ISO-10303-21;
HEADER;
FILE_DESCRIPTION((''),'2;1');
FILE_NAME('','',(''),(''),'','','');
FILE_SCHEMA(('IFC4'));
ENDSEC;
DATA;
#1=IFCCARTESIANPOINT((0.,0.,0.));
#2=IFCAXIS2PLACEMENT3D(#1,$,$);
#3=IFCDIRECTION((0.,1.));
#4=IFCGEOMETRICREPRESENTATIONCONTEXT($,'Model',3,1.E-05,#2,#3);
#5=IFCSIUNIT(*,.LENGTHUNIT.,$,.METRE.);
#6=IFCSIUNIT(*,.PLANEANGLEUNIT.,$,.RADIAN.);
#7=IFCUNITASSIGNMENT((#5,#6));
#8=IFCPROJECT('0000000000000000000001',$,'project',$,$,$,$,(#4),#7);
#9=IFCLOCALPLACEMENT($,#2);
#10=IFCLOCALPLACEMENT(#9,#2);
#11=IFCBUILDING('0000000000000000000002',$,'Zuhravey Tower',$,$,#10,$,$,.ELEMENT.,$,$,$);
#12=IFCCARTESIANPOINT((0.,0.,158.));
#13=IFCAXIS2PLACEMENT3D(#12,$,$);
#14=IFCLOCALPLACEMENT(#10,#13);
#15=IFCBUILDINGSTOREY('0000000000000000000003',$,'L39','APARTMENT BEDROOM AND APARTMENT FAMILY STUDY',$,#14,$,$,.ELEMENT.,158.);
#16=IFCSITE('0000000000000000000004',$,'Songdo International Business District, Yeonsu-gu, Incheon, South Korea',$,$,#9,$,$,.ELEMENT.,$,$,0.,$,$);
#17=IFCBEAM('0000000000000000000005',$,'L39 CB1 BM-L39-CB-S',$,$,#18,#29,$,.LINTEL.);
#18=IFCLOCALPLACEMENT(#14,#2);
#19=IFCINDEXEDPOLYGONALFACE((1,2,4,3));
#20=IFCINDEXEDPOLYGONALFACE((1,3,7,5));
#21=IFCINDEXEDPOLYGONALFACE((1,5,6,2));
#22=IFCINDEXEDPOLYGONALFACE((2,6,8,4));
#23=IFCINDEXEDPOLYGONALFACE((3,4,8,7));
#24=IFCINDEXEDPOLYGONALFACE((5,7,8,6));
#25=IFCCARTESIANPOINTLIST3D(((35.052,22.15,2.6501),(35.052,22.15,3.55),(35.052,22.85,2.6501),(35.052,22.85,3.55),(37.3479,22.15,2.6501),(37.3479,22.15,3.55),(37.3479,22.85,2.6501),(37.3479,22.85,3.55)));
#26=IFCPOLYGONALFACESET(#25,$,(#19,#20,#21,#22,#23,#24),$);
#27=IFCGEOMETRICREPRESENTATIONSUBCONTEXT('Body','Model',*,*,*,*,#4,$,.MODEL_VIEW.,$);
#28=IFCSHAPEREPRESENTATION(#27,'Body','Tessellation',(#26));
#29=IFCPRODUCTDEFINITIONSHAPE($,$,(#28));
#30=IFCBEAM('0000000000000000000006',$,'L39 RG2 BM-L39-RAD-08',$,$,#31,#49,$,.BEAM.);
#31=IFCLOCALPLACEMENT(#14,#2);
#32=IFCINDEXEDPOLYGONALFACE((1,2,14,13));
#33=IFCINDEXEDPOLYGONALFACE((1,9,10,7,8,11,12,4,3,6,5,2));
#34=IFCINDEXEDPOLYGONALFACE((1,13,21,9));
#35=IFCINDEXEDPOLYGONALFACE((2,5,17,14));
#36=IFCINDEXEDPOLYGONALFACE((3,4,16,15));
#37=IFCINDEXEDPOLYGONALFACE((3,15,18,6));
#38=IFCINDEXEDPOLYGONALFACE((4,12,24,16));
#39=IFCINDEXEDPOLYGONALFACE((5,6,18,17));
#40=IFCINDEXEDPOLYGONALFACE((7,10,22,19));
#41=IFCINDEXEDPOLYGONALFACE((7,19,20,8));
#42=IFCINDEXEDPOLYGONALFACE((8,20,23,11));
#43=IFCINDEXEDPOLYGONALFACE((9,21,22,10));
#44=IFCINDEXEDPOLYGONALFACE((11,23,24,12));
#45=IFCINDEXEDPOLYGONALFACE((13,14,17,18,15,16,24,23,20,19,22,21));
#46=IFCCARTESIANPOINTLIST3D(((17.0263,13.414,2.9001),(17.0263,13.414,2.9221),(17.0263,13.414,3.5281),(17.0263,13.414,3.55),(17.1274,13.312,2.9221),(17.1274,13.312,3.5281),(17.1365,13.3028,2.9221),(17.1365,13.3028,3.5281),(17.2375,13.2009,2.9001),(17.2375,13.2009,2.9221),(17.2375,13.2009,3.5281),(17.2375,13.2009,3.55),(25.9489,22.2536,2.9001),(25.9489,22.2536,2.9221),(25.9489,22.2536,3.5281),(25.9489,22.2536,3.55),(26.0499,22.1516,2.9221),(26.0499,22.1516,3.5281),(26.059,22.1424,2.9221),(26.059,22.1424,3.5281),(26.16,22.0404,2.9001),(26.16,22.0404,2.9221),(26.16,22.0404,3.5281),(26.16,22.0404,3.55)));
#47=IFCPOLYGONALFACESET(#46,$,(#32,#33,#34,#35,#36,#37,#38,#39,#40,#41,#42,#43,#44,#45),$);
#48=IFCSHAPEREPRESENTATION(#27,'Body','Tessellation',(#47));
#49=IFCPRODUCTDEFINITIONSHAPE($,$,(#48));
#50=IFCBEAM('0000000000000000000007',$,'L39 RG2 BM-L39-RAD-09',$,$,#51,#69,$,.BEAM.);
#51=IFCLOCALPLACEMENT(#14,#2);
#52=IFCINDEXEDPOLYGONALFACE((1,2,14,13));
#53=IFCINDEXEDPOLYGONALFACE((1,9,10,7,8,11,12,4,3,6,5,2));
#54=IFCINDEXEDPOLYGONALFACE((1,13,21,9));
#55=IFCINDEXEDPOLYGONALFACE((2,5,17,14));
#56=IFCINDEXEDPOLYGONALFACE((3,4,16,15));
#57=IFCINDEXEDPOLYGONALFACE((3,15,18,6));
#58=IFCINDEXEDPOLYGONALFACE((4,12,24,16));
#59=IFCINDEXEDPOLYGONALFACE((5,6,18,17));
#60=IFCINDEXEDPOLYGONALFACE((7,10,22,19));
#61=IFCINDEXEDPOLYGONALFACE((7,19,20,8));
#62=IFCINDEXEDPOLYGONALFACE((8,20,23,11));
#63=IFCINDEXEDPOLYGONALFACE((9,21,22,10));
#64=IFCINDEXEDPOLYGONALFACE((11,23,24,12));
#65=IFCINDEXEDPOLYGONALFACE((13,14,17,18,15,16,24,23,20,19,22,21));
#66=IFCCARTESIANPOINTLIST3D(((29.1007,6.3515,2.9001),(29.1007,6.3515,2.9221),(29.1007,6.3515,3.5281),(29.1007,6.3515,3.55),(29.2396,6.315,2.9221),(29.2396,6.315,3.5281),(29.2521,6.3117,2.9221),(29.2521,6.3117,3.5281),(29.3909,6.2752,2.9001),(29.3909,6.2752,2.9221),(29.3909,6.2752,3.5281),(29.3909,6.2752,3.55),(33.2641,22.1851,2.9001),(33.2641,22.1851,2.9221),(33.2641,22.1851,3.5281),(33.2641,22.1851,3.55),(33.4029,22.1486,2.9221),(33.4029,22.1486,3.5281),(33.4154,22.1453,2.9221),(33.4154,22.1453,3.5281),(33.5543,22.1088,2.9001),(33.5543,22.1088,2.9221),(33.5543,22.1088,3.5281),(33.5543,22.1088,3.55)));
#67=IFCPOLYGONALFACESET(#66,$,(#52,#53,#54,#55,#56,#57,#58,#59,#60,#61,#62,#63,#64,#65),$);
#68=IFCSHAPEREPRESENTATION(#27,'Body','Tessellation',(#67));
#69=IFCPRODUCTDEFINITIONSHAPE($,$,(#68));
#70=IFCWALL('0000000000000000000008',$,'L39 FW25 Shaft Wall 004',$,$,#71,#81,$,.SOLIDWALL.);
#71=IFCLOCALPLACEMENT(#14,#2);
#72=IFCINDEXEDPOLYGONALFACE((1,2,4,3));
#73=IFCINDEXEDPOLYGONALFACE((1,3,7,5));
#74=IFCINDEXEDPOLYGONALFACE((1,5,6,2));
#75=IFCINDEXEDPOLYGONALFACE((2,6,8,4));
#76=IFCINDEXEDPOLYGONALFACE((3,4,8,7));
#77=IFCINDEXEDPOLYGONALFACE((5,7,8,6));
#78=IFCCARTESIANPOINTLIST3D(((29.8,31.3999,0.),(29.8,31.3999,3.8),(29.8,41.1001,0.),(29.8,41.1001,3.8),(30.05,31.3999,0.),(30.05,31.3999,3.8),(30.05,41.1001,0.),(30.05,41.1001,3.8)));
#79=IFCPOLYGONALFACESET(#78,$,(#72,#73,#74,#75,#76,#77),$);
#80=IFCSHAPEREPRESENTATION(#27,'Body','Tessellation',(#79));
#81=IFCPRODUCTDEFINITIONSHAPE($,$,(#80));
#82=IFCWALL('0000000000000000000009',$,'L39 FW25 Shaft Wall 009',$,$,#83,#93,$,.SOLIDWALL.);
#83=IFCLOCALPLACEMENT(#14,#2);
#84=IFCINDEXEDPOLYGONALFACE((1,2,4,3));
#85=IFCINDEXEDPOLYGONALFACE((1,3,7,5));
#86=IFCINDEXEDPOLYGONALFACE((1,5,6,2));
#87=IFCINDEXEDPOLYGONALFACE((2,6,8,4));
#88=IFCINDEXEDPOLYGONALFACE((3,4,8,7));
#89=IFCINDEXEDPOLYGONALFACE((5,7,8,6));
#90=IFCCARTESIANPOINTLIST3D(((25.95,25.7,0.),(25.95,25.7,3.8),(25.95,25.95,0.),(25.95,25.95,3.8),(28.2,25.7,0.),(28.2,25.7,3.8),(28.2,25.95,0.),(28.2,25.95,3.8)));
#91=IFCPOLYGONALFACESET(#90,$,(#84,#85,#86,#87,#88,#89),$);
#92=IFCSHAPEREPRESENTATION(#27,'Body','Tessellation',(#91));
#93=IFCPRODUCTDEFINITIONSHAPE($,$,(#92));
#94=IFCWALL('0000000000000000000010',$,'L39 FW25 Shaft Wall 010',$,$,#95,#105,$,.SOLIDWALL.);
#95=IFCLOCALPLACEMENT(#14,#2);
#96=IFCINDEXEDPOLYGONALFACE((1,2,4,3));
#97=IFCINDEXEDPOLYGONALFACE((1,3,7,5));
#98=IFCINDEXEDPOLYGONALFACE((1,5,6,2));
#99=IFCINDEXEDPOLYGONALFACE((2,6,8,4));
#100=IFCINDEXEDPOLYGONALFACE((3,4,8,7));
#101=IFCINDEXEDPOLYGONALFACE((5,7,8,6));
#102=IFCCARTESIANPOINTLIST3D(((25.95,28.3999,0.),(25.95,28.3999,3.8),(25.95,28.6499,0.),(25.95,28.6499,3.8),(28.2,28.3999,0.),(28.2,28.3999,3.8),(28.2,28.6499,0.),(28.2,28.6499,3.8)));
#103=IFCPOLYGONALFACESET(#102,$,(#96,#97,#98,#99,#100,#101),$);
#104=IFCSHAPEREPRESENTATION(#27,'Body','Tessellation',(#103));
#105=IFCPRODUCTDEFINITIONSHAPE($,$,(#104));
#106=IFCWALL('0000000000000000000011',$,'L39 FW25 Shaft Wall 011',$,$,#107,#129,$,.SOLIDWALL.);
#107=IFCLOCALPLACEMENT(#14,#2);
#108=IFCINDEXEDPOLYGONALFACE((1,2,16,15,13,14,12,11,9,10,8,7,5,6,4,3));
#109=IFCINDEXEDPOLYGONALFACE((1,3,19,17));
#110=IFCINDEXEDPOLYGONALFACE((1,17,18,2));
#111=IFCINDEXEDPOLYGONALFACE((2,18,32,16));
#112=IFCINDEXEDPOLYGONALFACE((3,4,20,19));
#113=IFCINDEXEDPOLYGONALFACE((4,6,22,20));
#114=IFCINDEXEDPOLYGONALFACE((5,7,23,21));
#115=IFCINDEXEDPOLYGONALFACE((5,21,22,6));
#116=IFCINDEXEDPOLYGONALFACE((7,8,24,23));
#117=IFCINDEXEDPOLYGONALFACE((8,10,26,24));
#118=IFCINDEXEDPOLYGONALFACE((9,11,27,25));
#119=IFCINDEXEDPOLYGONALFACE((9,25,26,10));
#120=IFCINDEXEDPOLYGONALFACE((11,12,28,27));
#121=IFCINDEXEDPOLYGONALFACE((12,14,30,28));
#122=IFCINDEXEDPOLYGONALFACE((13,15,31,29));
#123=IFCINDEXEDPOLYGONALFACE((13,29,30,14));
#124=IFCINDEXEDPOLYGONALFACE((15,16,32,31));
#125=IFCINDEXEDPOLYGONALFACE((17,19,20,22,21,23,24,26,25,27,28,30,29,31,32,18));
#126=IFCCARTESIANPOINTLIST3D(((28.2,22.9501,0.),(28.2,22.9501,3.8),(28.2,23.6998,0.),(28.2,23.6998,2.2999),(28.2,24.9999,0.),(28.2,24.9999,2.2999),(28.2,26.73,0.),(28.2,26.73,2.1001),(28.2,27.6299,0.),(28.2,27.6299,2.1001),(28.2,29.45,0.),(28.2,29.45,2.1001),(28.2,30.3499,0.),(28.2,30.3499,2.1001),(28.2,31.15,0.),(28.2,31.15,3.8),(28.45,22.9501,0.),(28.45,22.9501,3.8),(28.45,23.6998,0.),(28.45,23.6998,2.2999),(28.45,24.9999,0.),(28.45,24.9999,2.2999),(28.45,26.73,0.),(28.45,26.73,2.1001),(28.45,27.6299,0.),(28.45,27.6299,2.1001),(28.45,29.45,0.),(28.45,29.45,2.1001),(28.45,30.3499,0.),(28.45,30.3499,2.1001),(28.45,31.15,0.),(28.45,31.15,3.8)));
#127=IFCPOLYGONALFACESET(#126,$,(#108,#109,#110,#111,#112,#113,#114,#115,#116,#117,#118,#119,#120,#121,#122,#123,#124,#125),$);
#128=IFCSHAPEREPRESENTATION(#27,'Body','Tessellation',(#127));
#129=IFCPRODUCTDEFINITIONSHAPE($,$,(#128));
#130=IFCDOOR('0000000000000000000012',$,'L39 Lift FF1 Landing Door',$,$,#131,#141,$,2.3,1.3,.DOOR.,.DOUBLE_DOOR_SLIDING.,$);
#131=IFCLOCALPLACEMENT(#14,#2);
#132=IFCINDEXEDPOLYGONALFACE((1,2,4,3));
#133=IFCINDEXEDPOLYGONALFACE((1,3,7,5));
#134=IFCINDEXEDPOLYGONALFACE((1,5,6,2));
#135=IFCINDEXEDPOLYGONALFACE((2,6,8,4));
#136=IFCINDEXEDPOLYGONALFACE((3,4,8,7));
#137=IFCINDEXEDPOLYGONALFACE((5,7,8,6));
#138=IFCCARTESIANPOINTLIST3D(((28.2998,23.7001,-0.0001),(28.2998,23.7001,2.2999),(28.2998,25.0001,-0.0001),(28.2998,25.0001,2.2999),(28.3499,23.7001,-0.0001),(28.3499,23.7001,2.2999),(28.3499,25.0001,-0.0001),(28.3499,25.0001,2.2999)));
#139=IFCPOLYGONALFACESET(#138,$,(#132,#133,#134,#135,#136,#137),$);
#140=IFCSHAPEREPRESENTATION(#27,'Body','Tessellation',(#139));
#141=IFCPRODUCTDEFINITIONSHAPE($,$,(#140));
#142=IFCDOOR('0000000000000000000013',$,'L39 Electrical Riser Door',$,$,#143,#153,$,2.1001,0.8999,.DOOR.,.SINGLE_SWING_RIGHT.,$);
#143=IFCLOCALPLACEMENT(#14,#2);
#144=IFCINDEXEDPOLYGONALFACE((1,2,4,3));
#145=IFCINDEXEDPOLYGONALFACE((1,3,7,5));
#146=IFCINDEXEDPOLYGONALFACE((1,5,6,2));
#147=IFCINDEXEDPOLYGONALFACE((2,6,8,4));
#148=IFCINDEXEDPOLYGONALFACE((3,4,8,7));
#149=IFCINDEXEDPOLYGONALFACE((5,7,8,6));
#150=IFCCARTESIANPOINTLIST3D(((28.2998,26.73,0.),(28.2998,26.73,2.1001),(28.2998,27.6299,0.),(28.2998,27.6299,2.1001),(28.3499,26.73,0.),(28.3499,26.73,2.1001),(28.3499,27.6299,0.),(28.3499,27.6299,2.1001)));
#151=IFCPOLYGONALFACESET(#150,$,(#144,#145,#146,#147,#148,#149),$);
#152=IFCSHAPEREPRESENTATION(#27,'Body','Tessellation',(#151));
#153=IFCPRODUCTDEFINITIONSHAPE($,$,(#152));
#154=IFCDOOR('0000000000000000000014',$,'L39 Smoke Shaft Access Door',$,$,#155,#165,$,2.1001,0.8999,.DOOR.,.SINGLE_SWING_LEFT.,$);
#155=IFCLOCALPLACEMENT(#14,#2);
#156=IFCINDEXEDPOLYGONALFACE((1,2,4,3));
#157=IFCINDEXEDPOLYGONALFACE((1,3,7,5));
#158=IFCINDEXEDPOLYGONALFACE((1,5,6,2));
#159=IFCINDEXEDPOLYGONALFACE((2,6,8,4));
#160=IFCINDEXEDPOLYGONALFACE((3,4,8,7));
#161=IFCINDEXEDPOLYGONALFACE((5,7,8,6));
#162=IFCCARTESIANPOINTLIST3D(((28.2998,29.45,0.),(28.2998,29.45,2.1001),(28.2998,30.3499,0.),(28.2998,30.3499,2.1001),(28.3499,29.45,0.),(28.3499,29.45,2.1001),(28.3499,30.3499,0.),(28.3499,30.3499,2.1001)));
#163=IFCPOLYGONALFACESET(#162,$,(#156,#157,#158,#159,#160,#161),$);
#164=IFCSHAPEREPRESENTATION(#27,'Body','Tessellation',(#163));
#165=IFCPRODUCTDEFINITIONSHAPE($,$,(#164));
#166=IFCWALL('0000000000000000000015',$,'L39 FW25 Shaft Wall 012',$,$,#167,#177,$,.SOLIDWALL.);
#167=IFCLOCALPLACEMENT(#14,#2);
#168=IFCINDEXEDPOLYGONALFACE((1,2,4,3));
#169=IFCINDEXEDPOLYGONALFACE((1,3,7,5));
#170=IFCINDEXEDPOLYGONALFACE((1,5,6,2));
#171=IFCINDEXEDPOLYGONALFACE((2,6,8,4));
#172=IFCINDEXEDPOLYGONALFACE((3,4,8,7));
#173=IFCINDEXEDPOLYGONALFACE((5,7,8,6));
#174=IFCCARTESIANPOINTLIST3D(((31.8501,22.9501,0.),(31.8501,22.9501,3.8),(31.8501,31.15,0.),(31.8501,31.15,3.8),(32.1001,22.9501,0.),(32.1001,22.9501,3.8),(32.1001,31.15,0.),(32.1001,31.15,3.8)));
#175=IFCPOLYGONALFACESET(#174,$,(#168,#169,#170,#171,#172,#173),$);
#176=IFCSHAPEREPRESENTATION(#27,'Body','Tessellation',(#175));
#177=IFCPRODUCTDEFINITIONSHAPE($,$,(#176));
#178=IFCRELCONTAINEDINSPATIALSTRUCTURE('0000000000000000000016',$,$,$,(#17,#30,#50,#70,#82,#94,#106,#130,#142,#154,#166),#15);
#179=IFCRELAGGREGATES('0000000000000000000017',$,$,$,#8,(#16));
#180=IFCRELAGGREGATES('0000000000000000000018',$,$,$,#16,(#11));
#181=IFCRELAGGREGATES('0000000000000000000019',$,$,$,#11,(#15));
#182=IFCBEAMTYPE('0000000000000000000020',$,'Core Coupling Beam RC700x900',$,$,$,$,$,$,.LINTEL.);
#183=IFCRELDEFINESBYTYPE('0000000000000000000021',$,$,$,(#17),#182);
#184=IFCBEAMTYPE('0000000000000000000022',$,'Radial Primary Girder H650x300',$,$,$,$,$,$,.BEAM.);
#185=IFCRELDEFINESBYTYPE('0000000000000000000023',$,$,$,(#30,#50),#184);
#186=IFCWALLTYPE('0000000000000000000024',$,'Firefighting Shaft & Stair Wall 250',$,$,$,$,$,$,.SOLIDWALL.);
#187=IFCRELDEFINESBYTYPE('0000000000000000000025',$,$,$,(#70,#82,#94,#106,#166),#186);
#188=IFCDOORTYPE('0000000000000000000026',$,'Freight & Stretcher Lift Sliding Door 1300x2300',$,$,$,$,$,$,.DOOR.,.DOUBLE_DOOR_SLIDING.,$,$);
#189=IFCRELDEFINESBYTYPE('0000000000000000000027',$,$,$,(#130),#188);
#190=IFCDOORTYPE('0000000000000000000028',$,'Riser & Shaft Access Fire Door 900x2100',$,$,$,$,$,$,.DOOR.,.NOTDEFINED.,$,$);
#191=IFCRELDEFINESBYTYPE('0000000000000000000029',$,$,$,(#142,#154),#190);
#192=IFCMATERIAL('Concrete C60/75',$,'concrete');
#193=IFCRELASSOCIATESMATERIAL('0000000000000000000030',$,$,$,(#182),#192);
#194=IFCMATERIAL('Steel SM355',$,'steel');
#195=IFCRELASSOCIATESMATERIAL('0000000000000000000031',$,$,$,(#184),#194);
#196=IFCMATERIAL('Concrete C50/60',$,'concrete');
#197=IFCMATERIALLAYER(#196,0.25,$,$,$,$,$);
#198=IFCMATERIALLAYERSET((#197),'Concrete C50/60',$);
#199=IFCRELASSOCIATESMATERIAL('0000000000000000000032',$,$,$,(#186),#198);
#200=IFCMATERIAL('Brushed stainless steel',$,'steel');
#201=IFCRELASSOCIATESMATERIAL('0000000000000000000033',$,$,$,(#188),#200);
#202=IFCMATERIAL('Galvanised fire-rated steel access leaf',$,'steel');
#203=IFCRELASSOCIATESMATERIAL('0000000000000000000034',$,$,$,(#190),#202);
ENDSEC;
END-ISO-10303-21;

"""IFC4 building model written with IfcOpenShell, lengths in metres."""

from ifc_helpers import new_model, si_unit, direction, frame, frame_2d, origin, origin_2d, place, context, subcontext, project, spatial, rectangle, i_section, extrude, material, layer, layer_set, material_profile, profile_set, type_object, element, fill, save


model = new_model("IFC4")

# Units and contexts
model_context = context("Model", 3, precision=1e-05, world=origin(), true_north=direction((0.0, 1.0)))
body_context = subcontext(model_context, "Body", "Model", "MODEL_VIEW")
ifc_project = project(units=[si_unit("LENGTHUNIT", "METRE"), si_unit("PLANEANGLEUNIT", "RADIAN")], contexts=[model_context])

# Site, building, storey
site_placement = place(None, origin())
site = spatial("IfcSite", under=ifc_project, at=site_placement, Name="Songdo International Business District, Yeonsu-gu, Incheon, South Korea", CompositionType="ELEMENT", RefElevation=0.0)
building_placement = place(site_placement, origin())
building = spatial("IfcBuilding", under=site, at=building_placement, Name="Zuhravey Tower", CompositionType="ELEMENT")
storey_placement = place(building_placement, frame((0.0, 0.0, 158.0)))
storey = spatial("IfcBuildingStorey", under=building, at=storey_placement, Name="L39", Description="APARTMENT BEDROOM AND APARTMENT FAMILY STUDY", CompositionType="ELEMENT", Elevation=158.0)

# Beams
ifc_material_1 = material(Name="Concrete C60/75", Category="concrete")
ifc_material_profile_1 = material_profile(ifc_material_1, rectangle(XDim=0.7, YDim=0.8999, at=origin_2d()), Name="RC-700x900")
ifc_profile_set_1 = profile_set([ifc_material_profile_1], Name="Concrete C60/75")
beam_type_1 = type_object("IfcBeamType", Name="Core Coupling Beam RC700x900", PredefinedType="LINTEL", material=ifc_profile_set_1)
beam_1_placement = place(storey_placement, frame((35.052, 22.5, 3.1001), z_axis=(1.0, 0.0, 0.0), x_axis=(0.0, 1.0, 0.0)))
element("IfcBeam", 1, at=beam_1_placement, inside=storey, type_object=beam_type_1, Name="L39 CB1 BM-L39-CB-S", PredefinedType="LINTEL", context=body_context, shape_type="SweptSolid", body=[
    extrude(rectangle(XDim=0.7, YDim=0.8999, at=origin_2d()), origin(), (0.0, 0.0, 1.0), 2.2959),
])
ifc_material_2 = material(Name="Steel SM355", Category="steel")
ifc_material_profile_2 = material_profile(ifc_material_2, i_section(OverallWidth=0.3, OverallDepth=0.6499, WebThickness=0.0129, FlangeThickness=0.022, at=origin_2d()), Name="H-650x300x13x22")
ifc_profile_set_2 = profile_set([ifc_material_profile_2], Name="Steel SM355")
beam_type_2 = type_object("IfcBeamType", Name="Radial Primary Girder H650x300", PredefinedType="BEAM", material=ifc_profile_set_2)
beam_2_placement = place(storey_placement, frame((26.0544, 22.147, 3.2251), z_axis=(-0.710404, -0.703795, 0.0), x_axis=(0.703795, -0.710404, 0.0)))
element("IfcBeam", 2, at=beam_2_placement, inside=storey, type_object=beam_type_2, Name="L39 RG2 BM-L39-RAD-08", PredefinedType="BEAM", context=body_context, shape_type="SweptSolid", body=[
    extrude(i_section(OverallWidth=0.3, OverallDepth=0.6499, WebThickness=0.0129, FlangeThickness=0.022, at=origin_2d()), origin(), (0.0, 0.0, 1.0), 12.5598),
])
beam_3_placement = place(storey_placement, frame((33.4092, 22.147, 3.2251), z_axis=(-0.2543, -0.967125, 0.0), x_axis=(0.967125, -0.2543, 0.0)))
element("IfcBeam", 3, at=beam_3_placement, inside=storey, type_object=beam_type_2, Name="L39 RG2 BM-L39-RAD-09", PredefinedType="BEAM", context=body_context, shape_type="SweptSolid", body=[
    extrude(i_section(OverallWidth=0.3, OverallDepth=0.6499, WebThickness=0.0129, FlangeThickness=0.022, at=origin_2d()), origin(), (0.0, 0.0, 1.0), 16.3718),
])

# Shared definitions
ifc_material_3 = material(Name="Concrete C50/60", Category="concrete")
ifc_layer_1 = layer(ifc_material_3, 0.25)
ifc_layer_set_1 = layer_set([ifc_layer_1], Name="Concrete C50/60")
wall_type_1 = type_object("IfcWallType", Name="Firefighting Shaft & Stair Wall 250", PredefinedType="SOLIDWALL", material=ifc_layer_set_1)

# Walls
wall_1_placement = place(storey_placement, frame((29.925, 31.3999, 0.0), z_axis=(0.0, 0.0, 1.0), x_axis=(0.0, 1.0, 0.0)))
element("IfcWall", 4, at=wall_1_placement, inside=storey, type_object=wall_type_1, Name="L39 FW25 Shaft Wall 004", PredefinedType="SOLIDWALL", context=body_context, shape_type="SweptSolid", body=[
    extrude(rectangle(XDim=9.7002, YDim=0.25, at=frame_2d((4.8501, 0.0))), origin(), (0.0, 0.0, 1.0), 3.8),
])
for number, where, z_axis, x_axis, name in (
    (5, (25.95, 25.825, 0.0), (0.0, 0.0, 1.0), (1.0, 0.0, 0.0), "L39 FW25 Shaft Wall 009"),
    (6, (25.95, 28.5249, 0.0), (0.0, 0.0, 1.0), (1.0, 0.0, 0.0), "L39 FW25 Shaft Wall 010"),
):
    element("IfcWall", number, at=place(storey_placement, frame(where, z_axis=z_axis, x_axis=x_axis)), inside=storey, type_object=wall_type_1, Name=name, PredefinedType="SOLIDWALL", context=body_context, shape_type="SweptSolid", body=[
        extrude(rectangle(XDim=2.25, YDim=0.25, at=frame_2d((1.125, 0.0))), origin(), (0.0, 0.0, 1.0), 3.8),
    ])

# Wall, openings, doors
wall_2_placement = place(storey_placement, frame((28.325, 22.95, 0.0), z_axis=(0.0, 0.0, 1.0), x_axis=(0.0, 1.0, 0.0)))
wall_2 = element("IfcWall", 7, at=wall_2_placement, inside=storey, type_object=wall_type_1, Name="L39 FW25 Shaft Wall 011", PredefinedType="SOLIDWALL", context=body_context, shape_type="SweptSolid", body=[
    extrude(rectangle(XDim=8.2, YDim=0.25, at=frame_2d((4.1001, 0.0))), origin(), (0.0, 0.0, 1.0), 3.8),
])
opening_1_placement = place(wall_2_placement, frame((0.75, 0.0, 0.0)))
opening_1 = element("IfcOpeningElement", 8, at=opening_1_placement, cuts=wall_2, PredefinedType="OPENING", context=body_context, shape_type="SweptSolid", body=[
    extrude(rectangle(XDim=1.3, YDim=2.3, at=frame_2d((0.6499, 1.1499))), frame((0.0, 0.137, 0.0), z_axis=(0.0, -1.0, 0.0), x_axis=(1.0, 0.0, 0.0)), (0.0, 0.0, 1.0), 0.2739),
])
opening_2_placement = place(wall_2_placement, frame((3.78, 0.0, 0.0)))
opening_2 = element("IfcOpeningElement", 9, at=opening_2_placement, cuts=wall_2, PredefinedType="OPENING", context=body_context, shape_type="SweptSolid", body=[
    extrude(rectangle(XDim=0.8999, YDim=2.1001, at=frame_2d((0.45, 1.05))), frame((0.0, 0.137, 0.0), z_axis=(0.0, -1.0, 0.0), x_axis=(1.0, 0.0, 0.0)), (0.0, 0.0, 1.0), 0.2739),
])
opening_3_placement = place(wall_2_placement, frame((6.5, 0.0, 0.0)))
opening_3 = element("IfcOpeningElement", 10, at=opening_3_placement, cuts=wall_2, PredefinedType="OPENING", context=body_context, shape_type="SweptSolid", body=[
    extrude(rectangle(XDim=0.8999, YDim=2.1001, at=frame_2d((0.45, 1.05))), frame((0.0, 0.137, 0.0), z_axis=(0.0, -1.0, 0.0), x_axis=(1.0, 0.0, 0.0)), (0.0, 0.0, 1.0), 0.2739),
])
ifc_material_4 = material(Name="Brushed stainless steel", Category="steel")
door_type_1 = type_object("IfcDoorType", Name="Freight & Stretcher Lift Sliding Door 1300x2300", OperationType="DOUBLE_DOOR_SLIDING", PredefinedType="DOOR", material=ifc_material_4)
door_1_placement = place(opening_1_placement, frame((1.3, 0.0, 0.0), z_axis=(0.0, 0.0, 1.0), x_axis=(-1.0, 0.0, 0.0)))
door_1 = element("IfcDoor", 11, at=door_1_placement, inside=storey, type_object=door_type_1, Name="L39 Lift FF1 Landing Door", OperationType="DOUBLE_DOOR_SLIDING", OverallHeight=2.3, OverallWidth=1.3, PredefinedType="DOOR", context=body_context, shape_type="SweptSolid", body=[
    extrude(rectangle(XDim=1.3, YDim=2.3, at=frame_2d((0.6499, 1.1499))), frame((0.0, 0.0249, 0.0), z_axis=(0.0, -1.0, 0.0), x_axis=(1.0, 0.0, 0.0)), (0.0, 0.0, 1.0), 0.05),
])
fill(opening_1, door_1)
ifc_material_5 = material(Name="Galvanised fire-rated steel access leaf", Category="steel")
door_type_2 = type_object("IfcDoorType", Name="Riser & Shaft Access Fire Door 900x2100", OperationType="NOTDEFINED", PredefinedType="DOOR", material=ifc_material_5)
door_2_placement = place(opening_2_placement, frame((0.8999, 0.0, 0.0), z_axis=(0.0, 0.0, 1.0), x_axis=(-1.0, 0.0, 0.0)))
door_2 = element("IfcDoor", 12, at=door_2_placement, inside=storey, type_object=door_type_2, Name="L39 Electrical Riser Door", OperationType="SINGLE_SWING_RIGHT", OverallHeight=2.1001, OverallWidth=0.8999, PredefinedType="DOOR", context=body_context, shape_type="SweptSolid", body=[
    extrude(rectangle(XDim=0.8999, YDim=2.1001, at=frame_2d((0.45, 1.05))), frame((0.0, 0.0249, 0.0), z_axis=(0.0, -1.0, 0.0), x_axis=(1.0, 0.0, 0.0)), (0.0, 0.0, 1.0), 0.05),
])
fill(opening_2, door_2)
door_3_placement = place(opening_3_placement, frame((0.8999, 0.0, 0.0), z_axis=(0.0, 0.0, 1.0), x_axis=(-1.0, 0.0, 0.0)))
door_3 = element("IfcDoor", 13, at=door_3_placement, inside=storey, type_object=door_type_2, Name="L39 Smoke Shaft Access Door", OperationType="SINGLE_SWING_LEFT", OverallHeight=2.1001, OverallWidth=0.8999, PredefinedType="DOOR", context=body_context, shape_type="SweptSolid", body=[
    extrude(rectangle(XDim=0.8999, YDim=2.1001, at=frame_2d((0.45, 1.05))), frame((0.0, 0.0249, 0.0), z_axis=(0.0, -1.0, 0.0), x_axis=(1.0, 0.0, 0.0)), (0.0, 0.0, 1.0), 0.05),
])
fill(opening_3, door_3)

# Wall
wall_3_placement = place(storey_placement, frame((31.9751, 22.95, 0.0), z_axis=(0.0, 0.0, 1.0), x_axis=(0.0, 1.0, 0.0)))
element("IfcWall", 14, at=wall_3_placement, inside=storey, type_object=wall_type_1, Name="L39 FW25 Shaft Wall 012", PredefinedType="SOLIDWALL", context=body_context, shape_type="SweptSolid", body=[
    extrude(rectangle(XDim=8.2, YDim=0.25, at=frame_2d((4.1001, 0.0))), origin(), (0.0, 0.0, 1.0), 3.8),
])

save(model, "model.ifc")
